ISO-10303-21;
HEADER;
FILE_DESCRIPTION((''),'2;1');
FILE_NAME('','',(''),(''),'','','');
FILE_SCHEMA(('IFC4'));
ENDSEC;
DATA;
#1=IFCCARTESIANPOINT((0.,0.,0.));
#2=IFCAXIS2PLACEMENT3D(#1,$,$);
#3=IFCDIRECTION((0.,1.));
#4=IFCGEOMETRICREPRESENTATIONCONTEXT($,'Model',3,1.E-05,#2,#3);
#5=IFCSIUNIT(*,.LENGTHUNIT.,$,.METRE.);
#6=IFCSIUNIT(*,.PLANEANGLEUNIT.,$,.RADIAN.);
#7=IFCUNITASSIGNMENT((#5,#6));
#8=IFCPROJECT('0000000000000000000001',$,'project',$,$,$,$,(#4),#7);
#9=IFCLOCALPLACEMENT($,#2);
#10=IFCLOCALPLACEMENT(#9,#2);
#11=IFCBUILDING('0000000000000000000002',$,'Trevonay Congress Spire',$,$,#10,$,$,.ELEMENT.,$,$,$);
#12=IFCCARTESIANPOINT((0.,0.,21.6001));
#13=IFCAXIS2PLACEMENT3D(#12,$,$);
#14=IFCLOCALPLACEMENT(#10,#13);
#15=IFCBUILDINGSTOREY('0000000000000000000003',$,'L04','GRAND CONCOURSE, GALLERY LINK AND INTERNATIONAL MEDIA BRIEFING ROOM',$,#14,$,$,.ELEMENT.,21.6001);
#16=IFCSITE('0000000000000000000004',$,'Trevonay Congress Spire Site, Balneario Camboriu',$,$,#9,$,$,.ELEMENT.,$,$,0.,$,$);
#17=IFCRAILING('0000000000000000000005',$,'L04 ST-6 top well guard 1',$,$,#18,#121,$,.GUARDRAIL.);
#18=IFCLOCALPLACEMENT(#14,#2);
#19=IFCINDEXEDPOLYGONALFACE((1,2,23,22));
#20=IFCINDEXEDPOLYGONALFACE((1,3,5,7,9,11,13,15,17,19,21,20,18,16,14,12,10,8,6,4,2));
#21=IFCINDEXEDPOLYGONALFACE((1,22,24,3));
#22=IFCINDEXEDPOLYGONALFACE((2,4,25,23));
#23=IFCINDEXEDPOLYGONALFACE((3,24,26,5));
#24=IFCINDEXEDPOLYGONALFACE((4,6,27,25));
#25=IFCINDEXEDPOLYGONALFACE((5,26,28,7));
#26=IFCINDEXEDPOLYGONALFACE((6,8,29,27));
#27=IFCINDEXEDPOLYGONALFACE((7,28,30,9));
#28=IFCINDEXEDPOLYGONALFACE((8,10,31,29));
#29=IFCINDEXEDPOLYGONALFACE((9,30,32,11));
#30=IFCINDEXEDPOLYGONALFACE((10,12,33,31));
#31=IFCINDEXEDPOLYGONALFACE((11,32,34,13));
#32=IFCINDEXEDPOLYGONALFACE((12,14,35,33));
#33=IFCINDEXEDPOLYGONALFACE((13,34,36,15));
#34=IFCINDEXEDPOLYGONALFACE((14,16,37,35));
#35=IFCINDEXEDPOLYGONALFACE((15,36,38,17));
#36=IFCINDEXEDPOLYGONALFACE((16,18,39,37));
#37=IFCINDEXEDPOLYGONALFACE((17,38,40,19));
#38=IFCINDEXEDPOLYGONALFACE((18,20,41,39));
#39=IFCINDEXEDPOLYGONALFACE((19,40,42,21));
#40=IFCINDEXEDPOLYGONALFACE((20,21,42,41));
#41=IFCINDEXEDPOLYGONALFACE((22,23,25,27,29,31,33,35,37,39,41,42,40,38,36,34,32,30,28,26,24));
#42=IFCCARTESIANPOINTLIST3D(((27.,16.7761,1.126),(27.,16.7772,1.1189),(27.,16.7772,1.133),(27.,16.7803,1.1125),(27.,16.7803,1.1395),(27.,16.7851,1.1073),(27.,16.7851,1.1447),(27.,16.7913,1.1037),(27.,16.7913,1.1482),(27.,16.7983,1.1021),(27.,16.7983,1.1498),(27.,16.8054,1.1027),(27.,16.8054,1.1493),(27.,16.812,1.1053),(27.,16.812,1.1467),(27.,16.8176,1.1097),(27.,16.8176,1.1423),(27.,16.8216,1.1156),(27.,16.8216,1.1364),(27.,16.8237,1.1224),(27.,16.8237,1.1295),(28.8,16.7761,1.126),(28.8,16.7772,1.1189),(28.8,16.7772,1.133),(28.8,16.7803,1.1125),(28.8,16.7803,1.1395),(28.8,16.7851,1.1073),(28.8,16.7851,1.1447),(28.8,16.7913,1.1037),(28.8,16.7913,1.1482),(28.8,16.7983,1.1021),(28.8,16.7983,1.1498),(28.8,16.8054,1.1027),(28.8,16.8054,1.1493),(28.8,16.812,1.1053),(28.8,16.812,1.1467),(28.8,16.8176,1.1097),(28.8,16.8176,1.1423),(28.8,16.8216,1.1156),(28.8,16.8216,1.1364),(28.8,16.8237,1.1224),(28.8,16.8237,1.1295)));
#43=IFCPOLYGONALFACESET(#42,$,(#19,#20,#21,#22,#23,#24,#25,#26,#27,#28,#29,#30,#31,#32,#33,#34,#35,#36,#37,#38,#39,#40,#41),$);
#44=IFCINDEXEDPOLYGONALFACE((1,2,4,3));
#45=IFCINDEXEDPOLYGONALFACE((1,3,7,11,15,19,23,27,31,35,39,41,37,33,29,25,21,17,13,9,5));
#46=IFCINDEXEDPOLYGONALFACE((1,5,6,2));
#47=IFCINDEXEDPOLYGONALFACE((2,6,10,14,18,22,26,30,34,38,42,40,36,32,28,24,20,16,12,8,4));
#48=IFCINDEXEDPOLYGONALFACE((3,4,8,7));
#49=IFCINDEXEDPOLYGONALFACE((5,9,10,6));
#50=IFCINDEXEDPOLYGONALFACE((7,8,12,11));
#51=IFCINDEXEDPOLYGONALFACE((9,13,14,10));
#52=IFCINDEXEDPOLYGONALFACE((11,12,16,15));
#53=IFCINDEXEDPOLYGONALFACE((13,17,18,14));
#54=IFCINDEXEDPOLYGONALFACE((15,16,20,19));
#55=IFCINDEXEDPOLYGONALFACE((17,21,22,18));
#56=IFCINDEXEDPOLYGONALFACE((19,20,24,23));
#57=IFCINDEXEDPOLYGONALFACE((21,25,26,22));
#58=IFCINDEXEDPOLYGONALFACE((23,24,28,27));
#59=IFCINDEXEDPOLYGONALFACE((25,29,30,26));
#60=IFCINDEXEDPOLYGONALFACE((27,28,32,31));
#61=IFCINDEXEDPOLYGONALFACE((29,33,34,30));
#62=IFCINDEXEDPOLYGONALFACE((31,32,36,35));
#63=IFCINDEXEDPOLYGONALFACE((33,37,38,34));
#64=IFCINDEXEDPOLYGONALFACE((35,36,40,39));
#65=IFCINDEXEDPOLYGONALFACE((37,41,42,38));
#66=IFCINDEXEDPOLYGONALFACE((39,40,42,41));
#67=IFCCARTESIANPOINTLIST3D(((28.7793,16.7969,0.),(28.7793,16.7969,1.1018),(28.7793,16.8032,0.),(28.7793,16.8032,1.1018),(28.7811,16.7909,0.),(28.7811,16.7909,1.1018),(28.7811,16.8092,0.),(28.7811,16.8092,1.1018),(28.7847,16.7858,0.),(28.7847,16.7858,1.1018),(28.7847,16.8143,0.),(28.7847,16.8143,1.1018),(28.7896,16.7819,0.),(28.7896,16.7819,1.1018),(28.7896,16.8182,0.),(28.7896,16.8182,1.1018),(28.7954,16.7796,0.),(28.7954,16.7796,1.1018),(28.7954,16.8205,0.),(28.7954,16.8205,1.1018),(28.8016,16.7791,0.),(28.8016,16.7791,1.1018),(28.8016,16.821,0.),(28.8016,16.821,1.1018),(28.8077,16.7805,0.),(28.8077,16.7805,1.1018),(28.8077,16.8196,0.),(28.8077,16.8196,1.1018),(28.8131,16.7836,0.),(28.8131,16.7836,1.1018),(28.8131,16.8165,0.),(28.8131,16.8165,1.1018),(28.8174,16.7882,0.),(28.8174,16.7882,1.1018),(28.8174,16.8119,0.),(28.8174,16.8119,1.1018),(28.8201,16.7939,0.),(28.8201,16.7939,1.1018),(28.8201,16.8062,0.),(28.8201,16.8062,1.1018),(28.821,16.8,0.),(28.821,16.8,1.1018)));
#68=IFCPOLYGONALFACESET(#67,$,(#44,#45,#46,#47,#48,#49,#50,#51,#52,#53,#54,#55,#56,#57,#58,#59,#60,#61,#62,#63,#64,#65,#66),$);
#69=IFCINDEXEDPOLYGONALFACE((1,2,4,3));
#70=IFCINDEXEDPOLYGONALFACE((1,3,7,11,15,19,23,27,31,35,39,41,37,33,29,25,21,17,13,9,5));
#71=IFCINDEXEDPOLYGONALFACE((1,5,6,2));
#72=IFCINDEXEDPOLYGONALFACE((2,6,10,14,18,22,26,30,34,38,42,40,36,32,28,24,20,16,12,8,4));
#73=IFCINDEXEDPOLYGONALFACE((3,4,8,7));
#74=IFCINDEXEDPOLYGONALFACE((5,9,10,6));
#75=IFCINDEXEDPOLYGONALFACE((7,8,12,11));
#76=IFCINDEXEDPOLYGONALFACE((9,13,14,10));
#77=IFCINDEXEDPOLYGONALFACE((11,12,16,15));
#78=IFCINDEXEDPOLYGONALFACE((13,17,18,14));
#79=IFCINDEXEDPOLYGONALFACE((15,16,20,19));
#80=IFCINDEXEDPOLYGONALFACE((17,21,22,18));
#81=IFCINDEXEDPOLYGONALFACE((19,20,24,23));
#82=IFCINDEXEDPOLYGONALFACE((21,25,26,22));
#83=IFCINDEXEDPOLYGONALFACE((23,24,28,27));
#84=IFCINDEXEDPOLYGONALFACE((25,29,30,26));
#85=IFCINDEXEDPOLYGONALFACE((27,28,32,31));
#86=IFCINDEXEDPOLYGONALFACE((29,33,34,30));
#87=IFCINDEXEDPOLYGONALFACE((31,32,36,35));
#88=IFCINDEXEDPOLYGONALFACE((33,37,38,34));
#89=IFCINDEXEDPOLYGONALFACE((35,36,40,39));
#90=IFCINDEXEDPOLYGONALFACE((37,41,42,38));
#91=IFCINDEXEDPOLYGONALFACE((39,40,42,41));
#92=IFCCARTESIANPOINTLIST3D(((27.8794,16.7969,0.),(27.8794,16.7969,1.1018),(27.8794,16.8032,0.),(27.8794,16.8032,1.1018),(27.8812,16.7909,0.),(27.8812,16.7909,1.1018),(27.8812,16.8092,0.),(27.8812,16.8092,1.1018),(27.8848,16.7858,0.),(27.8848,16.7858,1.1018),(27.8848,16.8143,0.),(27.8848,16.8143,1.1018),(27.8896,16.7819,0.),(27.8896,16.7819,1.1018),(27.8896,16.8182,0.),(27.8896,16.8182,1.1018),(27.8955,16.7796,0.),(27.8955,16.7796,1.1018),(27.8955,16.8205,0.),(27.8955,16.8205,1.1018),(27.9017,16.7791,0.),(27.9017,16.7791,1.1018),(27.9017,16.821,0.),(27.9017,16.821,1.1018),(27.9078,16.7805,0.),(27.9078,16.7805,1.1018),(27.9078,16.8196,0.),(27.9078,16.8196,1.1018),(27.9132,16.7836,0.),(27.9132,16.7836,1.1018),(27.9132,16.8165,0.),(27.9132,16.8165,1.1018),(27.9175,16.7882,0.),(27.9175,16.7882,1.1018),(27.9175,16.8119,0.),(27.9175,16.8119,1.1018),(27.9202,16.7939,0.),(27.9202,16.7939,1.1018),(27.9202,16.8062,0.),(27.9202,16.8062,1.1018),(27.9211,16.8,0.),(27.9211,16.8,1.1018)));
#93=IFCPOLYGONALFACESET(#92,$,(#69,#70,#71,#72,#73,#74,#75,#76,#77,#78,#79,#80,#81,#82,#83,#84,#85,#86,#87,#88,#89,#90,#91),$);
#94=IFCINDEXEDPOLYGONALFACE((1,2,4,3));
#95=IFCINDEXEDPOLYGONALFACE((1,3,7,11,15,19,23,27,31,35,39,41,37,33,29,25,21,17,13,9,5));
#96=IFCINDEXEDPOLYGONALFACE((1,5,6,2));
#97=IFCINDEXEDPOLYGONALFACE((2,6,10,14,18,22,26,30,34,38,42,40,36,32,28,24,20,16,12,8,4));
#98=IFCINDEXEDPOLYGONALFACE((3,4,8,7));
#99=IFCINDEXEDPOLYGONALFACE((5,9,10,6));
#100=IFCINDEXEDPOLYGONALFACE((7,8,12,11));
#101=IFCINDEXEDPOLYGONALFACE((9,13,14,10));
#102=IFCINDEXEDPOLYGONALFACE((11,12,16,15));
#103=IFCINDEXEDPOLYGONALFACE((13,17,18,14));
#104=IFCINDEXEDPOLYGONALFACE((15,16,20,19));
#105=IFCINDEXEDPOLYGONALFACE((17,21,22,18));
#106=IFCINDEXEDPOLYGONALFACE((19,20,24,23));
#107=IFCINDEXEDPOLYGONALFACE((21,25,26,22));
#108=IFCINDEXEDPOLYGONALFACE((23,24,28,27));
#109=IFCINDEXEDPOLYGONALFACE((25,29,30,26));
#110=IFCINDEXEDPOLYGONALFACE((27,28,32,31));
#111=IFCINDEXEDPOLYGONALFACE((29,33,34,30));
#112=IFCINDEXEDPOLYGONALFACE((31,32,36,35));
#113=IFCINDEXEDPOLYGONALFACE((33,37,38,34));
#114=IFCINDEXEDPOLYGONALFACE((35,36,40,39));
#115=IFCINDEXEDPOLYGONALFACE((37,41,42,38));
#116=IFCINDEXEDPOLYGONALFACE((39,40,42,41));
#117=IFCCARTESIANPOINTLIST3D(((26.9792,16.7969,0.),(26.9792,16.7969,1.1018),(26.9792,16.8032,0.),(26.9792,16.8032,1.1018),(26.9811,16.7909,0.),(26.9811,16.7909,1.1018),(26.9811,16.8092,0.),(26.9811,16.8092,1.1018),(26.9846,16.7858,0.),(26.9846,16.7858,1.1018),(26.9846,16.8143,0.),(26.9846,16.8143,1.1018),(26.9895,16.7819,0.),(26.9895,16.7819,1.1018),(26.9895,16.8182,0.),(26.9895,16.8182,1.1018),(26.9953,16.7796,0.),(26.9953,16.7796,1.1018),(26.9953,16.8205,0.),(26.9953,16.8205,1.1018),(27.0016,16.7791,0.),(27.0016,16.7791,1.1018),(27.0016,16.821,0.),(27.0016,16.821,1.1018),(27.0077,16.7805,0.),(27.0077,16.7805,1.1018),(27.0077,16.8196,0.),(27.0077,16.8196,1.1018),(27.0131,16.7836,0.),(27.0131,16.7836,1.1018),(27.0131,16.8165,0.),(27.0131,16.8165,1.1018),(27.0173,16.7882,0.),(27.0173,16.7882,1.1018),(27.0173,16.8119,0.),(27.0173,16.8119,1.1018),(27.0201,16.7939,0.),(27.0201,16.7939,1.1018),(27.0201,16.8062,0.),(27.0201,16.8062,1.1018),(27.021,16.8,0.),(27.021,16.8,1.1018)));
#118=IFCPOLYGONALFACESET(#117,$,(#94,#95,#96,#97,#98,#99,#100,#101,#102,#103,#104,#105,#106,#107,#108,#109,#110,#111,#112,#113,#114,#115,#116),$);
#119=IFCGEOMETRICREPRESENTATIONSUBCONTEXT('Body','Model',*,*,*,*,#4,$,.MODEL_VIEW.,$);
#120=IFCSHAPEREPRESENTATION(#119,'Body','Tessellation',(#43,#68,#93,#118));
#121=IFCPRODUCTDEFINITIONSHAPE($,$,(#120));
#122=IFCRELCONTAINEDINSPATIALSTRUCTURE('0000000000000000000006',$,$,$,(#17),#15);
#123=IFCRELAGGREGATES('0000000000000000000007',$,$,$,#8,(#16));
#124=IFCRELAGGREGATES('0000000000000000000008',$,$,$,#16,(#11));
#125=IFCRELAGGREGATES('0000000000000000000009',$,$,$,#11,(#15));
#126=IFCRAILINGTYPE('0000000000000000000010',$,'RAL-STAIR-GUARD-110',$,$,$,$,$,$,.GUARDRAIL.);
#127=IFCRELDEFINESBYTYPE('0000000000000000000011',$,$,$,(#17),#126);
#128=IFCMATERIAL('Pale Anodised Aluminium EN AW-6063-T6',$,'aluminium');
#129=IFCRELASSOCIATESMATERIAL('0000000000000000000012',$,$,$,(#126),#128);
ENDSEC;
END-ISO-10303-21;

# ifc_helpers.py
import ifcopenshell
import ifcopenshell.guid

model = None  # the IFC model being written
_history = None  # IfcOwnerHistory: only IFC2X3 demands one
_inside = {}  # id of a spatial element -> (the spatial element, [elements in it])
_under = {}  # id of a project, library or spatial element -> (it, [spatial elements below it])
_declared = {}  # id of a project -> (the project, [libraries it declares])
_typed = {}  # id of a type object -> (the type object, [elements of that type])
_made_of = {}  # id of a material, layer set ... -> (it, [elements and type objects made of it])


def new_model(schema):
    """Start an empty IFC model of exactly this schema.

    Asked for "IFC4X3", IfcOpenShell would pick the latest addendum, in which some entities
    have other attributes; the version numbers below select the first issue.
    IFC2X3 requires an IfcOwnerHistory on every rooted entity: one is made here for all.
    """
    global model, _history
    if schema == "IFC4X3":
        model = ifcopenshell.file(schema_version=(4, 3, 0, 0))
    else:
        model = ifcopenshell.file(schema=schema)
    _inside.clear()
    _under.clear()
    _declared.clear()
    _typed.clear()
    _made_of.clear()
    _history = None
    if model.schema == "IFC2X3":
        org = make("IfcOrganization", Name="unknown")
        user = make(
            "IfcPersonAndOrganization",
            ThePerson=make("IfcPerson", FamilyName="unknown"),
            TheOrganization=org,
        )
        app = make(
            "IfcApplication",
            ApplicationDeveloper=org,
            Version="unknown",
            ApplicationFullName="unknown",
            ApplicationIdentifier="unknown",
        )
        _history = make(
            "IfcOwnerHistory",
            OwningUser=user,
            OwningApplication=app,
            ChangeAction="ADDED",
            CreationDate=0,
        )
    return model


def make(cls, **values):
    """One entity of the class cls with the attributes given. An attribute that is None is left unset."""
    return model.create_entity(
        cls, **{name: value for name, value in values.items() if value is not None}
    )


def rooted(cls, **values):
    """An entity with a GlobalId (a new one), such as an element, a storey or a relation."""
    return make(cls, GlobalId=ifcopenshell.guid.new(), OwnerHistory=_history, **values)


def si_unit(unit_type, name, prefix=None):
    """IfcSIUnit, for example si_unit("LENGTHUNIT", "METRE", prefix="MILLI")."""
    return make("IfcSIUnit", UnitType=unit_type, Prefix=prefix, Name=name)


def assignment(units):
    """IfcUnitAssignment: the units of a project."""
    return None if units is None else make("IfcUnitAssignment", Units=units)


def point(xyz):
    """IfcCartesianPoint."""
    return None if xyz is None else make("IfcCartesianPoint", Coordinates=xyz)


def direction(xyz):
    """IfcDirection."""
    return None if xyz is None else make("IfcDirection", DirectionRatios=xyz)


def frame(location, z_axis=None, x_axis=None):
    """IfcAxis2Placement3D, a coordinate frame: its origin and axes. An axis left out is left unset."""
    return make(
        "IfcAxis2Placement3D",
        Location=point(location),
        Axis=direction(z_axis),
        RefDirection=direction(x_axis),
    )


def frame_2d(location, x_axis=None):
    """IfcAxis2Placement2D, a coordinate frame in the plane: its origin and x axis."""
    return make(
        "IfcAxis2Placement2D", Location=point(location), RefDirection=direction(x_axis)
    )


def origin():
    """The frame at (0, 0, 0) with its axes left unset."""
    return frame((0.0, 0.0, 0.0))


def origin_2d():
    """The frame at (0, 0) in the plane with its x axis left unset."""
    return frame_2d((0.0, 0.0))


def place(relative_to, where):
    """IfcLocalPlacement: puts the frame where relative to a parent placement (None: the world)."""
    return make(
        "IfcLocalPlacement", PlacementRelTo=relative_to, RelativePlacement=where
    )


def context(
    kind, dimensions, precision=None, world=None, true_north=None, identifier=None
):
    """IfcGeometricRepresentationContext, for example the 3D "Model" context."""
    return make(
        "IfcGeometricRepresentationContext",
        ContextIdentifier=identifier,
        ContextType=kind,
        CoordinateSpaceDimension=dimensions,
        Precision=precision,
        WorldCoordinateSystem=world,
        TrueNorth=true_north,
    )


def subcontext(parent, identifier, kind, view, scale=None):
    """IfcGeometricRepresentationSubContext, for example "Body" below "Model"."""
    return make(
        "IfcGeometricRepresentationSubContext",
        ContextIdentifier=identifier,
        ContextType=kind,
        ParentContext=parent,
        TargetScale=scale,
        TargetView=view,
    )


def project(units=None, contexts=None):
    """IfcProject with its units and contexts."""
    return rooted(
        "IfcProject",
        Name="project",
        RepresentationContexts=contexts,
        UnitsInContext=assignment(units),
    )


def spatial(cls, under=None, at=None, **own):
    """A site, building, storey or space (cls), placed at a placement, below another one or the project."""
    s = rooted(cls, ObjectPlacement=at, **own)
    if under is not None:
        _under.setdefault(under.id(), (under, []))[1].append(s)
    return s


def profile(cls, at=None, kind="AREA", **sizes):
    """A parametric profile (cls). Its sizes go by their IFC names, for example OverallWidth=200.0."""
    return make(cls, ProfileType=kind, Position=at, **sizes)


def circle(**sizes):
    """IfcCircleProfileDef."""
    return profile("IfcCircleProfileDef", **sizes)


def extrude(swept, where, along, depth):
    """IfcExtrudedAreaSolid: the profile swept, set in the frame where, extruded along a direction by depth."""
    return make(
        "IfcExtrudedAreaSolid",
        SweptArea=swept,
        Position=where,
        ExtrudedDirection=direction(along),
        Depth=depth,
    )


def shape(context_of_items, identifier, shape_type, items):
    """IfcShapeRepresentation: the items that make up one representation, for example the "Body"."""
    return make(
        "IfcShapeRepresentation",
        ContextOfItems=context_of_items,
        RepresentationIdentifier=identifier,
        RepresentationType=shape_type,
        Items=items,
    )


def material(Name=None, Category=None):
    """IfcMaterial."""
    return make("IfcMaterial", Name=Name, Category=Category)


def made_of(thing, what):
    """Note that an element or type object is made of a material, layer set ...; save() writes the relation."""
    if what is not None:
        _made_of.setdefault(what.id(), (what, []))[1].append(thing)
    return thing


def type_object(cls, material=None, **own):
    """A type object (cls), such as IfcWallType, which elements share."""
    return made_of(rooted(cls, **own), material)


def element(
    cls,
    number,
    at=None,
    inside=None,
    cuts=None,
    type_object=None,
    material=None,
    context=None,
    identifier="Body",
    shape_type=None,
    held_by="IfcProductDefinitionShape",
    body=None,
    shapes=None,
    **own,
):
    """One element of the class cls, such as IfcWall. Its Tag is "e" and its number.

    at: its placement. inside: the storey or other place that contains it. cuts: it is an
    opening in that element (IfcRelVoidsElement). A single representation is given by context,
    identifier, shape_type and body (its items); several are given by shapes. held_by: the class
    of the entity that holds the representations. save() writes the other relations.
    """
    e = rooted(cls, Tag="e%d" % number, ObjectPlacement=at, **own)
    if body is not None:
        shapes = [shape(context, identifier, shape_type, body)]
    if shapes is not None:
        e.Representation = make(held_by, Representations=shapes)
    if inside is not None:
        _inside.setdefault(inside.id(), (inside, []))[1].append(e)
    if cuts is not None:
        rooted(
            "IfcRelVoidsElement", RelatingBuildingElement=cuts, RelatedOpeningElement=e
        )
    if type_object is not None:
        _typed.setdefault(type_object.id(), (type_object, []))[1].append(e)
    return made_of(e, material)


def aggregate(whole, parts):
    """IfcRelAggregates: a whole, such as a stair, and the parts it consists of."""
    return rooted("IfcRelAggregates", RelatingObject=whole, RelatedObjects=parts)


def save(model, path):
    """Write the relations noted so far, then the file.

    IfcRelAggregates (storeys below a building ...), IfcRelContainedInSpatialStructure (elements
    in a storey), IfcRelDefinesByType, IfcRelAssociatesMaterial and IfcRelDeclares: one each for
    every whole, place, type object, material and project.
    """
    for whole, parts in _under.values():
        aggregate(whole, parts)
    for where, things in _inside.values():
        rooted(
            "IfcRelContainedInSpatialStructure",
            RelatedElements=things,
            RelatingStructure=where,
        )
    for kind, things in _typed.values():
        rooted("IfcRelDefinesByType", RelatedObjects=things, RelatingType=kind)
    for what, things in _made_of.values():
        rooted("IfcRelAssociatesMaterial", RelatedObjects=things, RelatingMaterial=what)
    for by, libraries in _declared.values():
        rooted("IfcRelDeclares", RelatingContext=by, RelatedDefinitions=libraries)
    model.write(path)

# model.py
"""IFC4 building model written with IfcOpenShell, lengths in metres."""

from ifc_helpers import new_model, si_unit, direction, frame, origin, origin_2d, place, context, subcontext, project, spatial, circle, extrude, material, type_object, element, save


model = new_model("IFC4")

# Units and contexts
model_context = context("Model", 3, precision=1e-05, world=origin(), true_north=direction((0.0, 1.0)))
body_context = subcontext(model_context, "Body", "Model", "MODEL_VIEW")
ifc_project = project(units=[si_unit("LENGTHUNIT", "METRE"), si_unit("PLANEANGLEUNIT", "RADIAN")], contexts=[model_context])

# Site, building, storey
site_placement = place(None, origin())
site = spatial("IfcSite", under=ifc_project, at=site_placement, Name="Trevonay Congress Spire Site, Balneario Camboriu", CompositionType="ELEMENT", RefElevation=0.0)
building_placement = place(site_placement, origin())
building = spatial("IfcBuilding", under=site, at=building_placement, Name="Trevonay Congress Spire", CompositionType="ELEMENT")
storey_placement = place(building_placement, frame((0.0, 0.0, 21.6001)))
storey = spatial("IfcBuildingStorey", under=building, at=storey_placement, Name="L04", Description="GRAND CONCOURSE, GALLERY LINK AND INTERNATIONAL MEDIA BRIEFING ROOM", CompositionType="ELEMENT", Elevation=21.6001)

# Shared definitions
ifc_material_1 = material(Name="Pale Anodised Aluminium EN AW-6063-T6", Category="aluminium")

# Railing
railing_type = type_object("IfcRailingType", Name="RAL-STAIR-GUARD-110", PredefinedType="GUARDRAIL", material=ifc_material_1)
railing_placement = place(storey_placement, frame((28.8, 16.8, 0.0)))
element("IfcRailing", 1, at=railing_placement, inside=storey, type_object=railing_type, Name="L04 ST-6 top well guard 1", PredefinedType="GUARDRAIL", context=body_context, shape_type="SweptSolid", body=[
    extrude(circle(Radius=0.0239, at=origin_2d()), frame((0.0, 0.0, 1.126), z_axis=(-1.0, 0.0, 0.0), x_axis=(0.0, -1.0, 0.0)), (0.0, 0.0, 1.0), 1.8),
    extrude(circle(Radius=0.021, at=origin_2d()), origin(), (0.0, 0.0, 1.0), 1.1018),
    extrude(circle(Radius=0.021, at=origin_2d()), frame((-0.8999, 0.0, 0.0)), (0.0, 0.0, 1.0), 1.1018),
    extrude(circle(Radius=0.021, at=origin_2d()), frame((-1.8, 0.0, 0.0)), (0.0, 0.0, 1.0), 1.1018),
])

save(model, "model.ifc")
